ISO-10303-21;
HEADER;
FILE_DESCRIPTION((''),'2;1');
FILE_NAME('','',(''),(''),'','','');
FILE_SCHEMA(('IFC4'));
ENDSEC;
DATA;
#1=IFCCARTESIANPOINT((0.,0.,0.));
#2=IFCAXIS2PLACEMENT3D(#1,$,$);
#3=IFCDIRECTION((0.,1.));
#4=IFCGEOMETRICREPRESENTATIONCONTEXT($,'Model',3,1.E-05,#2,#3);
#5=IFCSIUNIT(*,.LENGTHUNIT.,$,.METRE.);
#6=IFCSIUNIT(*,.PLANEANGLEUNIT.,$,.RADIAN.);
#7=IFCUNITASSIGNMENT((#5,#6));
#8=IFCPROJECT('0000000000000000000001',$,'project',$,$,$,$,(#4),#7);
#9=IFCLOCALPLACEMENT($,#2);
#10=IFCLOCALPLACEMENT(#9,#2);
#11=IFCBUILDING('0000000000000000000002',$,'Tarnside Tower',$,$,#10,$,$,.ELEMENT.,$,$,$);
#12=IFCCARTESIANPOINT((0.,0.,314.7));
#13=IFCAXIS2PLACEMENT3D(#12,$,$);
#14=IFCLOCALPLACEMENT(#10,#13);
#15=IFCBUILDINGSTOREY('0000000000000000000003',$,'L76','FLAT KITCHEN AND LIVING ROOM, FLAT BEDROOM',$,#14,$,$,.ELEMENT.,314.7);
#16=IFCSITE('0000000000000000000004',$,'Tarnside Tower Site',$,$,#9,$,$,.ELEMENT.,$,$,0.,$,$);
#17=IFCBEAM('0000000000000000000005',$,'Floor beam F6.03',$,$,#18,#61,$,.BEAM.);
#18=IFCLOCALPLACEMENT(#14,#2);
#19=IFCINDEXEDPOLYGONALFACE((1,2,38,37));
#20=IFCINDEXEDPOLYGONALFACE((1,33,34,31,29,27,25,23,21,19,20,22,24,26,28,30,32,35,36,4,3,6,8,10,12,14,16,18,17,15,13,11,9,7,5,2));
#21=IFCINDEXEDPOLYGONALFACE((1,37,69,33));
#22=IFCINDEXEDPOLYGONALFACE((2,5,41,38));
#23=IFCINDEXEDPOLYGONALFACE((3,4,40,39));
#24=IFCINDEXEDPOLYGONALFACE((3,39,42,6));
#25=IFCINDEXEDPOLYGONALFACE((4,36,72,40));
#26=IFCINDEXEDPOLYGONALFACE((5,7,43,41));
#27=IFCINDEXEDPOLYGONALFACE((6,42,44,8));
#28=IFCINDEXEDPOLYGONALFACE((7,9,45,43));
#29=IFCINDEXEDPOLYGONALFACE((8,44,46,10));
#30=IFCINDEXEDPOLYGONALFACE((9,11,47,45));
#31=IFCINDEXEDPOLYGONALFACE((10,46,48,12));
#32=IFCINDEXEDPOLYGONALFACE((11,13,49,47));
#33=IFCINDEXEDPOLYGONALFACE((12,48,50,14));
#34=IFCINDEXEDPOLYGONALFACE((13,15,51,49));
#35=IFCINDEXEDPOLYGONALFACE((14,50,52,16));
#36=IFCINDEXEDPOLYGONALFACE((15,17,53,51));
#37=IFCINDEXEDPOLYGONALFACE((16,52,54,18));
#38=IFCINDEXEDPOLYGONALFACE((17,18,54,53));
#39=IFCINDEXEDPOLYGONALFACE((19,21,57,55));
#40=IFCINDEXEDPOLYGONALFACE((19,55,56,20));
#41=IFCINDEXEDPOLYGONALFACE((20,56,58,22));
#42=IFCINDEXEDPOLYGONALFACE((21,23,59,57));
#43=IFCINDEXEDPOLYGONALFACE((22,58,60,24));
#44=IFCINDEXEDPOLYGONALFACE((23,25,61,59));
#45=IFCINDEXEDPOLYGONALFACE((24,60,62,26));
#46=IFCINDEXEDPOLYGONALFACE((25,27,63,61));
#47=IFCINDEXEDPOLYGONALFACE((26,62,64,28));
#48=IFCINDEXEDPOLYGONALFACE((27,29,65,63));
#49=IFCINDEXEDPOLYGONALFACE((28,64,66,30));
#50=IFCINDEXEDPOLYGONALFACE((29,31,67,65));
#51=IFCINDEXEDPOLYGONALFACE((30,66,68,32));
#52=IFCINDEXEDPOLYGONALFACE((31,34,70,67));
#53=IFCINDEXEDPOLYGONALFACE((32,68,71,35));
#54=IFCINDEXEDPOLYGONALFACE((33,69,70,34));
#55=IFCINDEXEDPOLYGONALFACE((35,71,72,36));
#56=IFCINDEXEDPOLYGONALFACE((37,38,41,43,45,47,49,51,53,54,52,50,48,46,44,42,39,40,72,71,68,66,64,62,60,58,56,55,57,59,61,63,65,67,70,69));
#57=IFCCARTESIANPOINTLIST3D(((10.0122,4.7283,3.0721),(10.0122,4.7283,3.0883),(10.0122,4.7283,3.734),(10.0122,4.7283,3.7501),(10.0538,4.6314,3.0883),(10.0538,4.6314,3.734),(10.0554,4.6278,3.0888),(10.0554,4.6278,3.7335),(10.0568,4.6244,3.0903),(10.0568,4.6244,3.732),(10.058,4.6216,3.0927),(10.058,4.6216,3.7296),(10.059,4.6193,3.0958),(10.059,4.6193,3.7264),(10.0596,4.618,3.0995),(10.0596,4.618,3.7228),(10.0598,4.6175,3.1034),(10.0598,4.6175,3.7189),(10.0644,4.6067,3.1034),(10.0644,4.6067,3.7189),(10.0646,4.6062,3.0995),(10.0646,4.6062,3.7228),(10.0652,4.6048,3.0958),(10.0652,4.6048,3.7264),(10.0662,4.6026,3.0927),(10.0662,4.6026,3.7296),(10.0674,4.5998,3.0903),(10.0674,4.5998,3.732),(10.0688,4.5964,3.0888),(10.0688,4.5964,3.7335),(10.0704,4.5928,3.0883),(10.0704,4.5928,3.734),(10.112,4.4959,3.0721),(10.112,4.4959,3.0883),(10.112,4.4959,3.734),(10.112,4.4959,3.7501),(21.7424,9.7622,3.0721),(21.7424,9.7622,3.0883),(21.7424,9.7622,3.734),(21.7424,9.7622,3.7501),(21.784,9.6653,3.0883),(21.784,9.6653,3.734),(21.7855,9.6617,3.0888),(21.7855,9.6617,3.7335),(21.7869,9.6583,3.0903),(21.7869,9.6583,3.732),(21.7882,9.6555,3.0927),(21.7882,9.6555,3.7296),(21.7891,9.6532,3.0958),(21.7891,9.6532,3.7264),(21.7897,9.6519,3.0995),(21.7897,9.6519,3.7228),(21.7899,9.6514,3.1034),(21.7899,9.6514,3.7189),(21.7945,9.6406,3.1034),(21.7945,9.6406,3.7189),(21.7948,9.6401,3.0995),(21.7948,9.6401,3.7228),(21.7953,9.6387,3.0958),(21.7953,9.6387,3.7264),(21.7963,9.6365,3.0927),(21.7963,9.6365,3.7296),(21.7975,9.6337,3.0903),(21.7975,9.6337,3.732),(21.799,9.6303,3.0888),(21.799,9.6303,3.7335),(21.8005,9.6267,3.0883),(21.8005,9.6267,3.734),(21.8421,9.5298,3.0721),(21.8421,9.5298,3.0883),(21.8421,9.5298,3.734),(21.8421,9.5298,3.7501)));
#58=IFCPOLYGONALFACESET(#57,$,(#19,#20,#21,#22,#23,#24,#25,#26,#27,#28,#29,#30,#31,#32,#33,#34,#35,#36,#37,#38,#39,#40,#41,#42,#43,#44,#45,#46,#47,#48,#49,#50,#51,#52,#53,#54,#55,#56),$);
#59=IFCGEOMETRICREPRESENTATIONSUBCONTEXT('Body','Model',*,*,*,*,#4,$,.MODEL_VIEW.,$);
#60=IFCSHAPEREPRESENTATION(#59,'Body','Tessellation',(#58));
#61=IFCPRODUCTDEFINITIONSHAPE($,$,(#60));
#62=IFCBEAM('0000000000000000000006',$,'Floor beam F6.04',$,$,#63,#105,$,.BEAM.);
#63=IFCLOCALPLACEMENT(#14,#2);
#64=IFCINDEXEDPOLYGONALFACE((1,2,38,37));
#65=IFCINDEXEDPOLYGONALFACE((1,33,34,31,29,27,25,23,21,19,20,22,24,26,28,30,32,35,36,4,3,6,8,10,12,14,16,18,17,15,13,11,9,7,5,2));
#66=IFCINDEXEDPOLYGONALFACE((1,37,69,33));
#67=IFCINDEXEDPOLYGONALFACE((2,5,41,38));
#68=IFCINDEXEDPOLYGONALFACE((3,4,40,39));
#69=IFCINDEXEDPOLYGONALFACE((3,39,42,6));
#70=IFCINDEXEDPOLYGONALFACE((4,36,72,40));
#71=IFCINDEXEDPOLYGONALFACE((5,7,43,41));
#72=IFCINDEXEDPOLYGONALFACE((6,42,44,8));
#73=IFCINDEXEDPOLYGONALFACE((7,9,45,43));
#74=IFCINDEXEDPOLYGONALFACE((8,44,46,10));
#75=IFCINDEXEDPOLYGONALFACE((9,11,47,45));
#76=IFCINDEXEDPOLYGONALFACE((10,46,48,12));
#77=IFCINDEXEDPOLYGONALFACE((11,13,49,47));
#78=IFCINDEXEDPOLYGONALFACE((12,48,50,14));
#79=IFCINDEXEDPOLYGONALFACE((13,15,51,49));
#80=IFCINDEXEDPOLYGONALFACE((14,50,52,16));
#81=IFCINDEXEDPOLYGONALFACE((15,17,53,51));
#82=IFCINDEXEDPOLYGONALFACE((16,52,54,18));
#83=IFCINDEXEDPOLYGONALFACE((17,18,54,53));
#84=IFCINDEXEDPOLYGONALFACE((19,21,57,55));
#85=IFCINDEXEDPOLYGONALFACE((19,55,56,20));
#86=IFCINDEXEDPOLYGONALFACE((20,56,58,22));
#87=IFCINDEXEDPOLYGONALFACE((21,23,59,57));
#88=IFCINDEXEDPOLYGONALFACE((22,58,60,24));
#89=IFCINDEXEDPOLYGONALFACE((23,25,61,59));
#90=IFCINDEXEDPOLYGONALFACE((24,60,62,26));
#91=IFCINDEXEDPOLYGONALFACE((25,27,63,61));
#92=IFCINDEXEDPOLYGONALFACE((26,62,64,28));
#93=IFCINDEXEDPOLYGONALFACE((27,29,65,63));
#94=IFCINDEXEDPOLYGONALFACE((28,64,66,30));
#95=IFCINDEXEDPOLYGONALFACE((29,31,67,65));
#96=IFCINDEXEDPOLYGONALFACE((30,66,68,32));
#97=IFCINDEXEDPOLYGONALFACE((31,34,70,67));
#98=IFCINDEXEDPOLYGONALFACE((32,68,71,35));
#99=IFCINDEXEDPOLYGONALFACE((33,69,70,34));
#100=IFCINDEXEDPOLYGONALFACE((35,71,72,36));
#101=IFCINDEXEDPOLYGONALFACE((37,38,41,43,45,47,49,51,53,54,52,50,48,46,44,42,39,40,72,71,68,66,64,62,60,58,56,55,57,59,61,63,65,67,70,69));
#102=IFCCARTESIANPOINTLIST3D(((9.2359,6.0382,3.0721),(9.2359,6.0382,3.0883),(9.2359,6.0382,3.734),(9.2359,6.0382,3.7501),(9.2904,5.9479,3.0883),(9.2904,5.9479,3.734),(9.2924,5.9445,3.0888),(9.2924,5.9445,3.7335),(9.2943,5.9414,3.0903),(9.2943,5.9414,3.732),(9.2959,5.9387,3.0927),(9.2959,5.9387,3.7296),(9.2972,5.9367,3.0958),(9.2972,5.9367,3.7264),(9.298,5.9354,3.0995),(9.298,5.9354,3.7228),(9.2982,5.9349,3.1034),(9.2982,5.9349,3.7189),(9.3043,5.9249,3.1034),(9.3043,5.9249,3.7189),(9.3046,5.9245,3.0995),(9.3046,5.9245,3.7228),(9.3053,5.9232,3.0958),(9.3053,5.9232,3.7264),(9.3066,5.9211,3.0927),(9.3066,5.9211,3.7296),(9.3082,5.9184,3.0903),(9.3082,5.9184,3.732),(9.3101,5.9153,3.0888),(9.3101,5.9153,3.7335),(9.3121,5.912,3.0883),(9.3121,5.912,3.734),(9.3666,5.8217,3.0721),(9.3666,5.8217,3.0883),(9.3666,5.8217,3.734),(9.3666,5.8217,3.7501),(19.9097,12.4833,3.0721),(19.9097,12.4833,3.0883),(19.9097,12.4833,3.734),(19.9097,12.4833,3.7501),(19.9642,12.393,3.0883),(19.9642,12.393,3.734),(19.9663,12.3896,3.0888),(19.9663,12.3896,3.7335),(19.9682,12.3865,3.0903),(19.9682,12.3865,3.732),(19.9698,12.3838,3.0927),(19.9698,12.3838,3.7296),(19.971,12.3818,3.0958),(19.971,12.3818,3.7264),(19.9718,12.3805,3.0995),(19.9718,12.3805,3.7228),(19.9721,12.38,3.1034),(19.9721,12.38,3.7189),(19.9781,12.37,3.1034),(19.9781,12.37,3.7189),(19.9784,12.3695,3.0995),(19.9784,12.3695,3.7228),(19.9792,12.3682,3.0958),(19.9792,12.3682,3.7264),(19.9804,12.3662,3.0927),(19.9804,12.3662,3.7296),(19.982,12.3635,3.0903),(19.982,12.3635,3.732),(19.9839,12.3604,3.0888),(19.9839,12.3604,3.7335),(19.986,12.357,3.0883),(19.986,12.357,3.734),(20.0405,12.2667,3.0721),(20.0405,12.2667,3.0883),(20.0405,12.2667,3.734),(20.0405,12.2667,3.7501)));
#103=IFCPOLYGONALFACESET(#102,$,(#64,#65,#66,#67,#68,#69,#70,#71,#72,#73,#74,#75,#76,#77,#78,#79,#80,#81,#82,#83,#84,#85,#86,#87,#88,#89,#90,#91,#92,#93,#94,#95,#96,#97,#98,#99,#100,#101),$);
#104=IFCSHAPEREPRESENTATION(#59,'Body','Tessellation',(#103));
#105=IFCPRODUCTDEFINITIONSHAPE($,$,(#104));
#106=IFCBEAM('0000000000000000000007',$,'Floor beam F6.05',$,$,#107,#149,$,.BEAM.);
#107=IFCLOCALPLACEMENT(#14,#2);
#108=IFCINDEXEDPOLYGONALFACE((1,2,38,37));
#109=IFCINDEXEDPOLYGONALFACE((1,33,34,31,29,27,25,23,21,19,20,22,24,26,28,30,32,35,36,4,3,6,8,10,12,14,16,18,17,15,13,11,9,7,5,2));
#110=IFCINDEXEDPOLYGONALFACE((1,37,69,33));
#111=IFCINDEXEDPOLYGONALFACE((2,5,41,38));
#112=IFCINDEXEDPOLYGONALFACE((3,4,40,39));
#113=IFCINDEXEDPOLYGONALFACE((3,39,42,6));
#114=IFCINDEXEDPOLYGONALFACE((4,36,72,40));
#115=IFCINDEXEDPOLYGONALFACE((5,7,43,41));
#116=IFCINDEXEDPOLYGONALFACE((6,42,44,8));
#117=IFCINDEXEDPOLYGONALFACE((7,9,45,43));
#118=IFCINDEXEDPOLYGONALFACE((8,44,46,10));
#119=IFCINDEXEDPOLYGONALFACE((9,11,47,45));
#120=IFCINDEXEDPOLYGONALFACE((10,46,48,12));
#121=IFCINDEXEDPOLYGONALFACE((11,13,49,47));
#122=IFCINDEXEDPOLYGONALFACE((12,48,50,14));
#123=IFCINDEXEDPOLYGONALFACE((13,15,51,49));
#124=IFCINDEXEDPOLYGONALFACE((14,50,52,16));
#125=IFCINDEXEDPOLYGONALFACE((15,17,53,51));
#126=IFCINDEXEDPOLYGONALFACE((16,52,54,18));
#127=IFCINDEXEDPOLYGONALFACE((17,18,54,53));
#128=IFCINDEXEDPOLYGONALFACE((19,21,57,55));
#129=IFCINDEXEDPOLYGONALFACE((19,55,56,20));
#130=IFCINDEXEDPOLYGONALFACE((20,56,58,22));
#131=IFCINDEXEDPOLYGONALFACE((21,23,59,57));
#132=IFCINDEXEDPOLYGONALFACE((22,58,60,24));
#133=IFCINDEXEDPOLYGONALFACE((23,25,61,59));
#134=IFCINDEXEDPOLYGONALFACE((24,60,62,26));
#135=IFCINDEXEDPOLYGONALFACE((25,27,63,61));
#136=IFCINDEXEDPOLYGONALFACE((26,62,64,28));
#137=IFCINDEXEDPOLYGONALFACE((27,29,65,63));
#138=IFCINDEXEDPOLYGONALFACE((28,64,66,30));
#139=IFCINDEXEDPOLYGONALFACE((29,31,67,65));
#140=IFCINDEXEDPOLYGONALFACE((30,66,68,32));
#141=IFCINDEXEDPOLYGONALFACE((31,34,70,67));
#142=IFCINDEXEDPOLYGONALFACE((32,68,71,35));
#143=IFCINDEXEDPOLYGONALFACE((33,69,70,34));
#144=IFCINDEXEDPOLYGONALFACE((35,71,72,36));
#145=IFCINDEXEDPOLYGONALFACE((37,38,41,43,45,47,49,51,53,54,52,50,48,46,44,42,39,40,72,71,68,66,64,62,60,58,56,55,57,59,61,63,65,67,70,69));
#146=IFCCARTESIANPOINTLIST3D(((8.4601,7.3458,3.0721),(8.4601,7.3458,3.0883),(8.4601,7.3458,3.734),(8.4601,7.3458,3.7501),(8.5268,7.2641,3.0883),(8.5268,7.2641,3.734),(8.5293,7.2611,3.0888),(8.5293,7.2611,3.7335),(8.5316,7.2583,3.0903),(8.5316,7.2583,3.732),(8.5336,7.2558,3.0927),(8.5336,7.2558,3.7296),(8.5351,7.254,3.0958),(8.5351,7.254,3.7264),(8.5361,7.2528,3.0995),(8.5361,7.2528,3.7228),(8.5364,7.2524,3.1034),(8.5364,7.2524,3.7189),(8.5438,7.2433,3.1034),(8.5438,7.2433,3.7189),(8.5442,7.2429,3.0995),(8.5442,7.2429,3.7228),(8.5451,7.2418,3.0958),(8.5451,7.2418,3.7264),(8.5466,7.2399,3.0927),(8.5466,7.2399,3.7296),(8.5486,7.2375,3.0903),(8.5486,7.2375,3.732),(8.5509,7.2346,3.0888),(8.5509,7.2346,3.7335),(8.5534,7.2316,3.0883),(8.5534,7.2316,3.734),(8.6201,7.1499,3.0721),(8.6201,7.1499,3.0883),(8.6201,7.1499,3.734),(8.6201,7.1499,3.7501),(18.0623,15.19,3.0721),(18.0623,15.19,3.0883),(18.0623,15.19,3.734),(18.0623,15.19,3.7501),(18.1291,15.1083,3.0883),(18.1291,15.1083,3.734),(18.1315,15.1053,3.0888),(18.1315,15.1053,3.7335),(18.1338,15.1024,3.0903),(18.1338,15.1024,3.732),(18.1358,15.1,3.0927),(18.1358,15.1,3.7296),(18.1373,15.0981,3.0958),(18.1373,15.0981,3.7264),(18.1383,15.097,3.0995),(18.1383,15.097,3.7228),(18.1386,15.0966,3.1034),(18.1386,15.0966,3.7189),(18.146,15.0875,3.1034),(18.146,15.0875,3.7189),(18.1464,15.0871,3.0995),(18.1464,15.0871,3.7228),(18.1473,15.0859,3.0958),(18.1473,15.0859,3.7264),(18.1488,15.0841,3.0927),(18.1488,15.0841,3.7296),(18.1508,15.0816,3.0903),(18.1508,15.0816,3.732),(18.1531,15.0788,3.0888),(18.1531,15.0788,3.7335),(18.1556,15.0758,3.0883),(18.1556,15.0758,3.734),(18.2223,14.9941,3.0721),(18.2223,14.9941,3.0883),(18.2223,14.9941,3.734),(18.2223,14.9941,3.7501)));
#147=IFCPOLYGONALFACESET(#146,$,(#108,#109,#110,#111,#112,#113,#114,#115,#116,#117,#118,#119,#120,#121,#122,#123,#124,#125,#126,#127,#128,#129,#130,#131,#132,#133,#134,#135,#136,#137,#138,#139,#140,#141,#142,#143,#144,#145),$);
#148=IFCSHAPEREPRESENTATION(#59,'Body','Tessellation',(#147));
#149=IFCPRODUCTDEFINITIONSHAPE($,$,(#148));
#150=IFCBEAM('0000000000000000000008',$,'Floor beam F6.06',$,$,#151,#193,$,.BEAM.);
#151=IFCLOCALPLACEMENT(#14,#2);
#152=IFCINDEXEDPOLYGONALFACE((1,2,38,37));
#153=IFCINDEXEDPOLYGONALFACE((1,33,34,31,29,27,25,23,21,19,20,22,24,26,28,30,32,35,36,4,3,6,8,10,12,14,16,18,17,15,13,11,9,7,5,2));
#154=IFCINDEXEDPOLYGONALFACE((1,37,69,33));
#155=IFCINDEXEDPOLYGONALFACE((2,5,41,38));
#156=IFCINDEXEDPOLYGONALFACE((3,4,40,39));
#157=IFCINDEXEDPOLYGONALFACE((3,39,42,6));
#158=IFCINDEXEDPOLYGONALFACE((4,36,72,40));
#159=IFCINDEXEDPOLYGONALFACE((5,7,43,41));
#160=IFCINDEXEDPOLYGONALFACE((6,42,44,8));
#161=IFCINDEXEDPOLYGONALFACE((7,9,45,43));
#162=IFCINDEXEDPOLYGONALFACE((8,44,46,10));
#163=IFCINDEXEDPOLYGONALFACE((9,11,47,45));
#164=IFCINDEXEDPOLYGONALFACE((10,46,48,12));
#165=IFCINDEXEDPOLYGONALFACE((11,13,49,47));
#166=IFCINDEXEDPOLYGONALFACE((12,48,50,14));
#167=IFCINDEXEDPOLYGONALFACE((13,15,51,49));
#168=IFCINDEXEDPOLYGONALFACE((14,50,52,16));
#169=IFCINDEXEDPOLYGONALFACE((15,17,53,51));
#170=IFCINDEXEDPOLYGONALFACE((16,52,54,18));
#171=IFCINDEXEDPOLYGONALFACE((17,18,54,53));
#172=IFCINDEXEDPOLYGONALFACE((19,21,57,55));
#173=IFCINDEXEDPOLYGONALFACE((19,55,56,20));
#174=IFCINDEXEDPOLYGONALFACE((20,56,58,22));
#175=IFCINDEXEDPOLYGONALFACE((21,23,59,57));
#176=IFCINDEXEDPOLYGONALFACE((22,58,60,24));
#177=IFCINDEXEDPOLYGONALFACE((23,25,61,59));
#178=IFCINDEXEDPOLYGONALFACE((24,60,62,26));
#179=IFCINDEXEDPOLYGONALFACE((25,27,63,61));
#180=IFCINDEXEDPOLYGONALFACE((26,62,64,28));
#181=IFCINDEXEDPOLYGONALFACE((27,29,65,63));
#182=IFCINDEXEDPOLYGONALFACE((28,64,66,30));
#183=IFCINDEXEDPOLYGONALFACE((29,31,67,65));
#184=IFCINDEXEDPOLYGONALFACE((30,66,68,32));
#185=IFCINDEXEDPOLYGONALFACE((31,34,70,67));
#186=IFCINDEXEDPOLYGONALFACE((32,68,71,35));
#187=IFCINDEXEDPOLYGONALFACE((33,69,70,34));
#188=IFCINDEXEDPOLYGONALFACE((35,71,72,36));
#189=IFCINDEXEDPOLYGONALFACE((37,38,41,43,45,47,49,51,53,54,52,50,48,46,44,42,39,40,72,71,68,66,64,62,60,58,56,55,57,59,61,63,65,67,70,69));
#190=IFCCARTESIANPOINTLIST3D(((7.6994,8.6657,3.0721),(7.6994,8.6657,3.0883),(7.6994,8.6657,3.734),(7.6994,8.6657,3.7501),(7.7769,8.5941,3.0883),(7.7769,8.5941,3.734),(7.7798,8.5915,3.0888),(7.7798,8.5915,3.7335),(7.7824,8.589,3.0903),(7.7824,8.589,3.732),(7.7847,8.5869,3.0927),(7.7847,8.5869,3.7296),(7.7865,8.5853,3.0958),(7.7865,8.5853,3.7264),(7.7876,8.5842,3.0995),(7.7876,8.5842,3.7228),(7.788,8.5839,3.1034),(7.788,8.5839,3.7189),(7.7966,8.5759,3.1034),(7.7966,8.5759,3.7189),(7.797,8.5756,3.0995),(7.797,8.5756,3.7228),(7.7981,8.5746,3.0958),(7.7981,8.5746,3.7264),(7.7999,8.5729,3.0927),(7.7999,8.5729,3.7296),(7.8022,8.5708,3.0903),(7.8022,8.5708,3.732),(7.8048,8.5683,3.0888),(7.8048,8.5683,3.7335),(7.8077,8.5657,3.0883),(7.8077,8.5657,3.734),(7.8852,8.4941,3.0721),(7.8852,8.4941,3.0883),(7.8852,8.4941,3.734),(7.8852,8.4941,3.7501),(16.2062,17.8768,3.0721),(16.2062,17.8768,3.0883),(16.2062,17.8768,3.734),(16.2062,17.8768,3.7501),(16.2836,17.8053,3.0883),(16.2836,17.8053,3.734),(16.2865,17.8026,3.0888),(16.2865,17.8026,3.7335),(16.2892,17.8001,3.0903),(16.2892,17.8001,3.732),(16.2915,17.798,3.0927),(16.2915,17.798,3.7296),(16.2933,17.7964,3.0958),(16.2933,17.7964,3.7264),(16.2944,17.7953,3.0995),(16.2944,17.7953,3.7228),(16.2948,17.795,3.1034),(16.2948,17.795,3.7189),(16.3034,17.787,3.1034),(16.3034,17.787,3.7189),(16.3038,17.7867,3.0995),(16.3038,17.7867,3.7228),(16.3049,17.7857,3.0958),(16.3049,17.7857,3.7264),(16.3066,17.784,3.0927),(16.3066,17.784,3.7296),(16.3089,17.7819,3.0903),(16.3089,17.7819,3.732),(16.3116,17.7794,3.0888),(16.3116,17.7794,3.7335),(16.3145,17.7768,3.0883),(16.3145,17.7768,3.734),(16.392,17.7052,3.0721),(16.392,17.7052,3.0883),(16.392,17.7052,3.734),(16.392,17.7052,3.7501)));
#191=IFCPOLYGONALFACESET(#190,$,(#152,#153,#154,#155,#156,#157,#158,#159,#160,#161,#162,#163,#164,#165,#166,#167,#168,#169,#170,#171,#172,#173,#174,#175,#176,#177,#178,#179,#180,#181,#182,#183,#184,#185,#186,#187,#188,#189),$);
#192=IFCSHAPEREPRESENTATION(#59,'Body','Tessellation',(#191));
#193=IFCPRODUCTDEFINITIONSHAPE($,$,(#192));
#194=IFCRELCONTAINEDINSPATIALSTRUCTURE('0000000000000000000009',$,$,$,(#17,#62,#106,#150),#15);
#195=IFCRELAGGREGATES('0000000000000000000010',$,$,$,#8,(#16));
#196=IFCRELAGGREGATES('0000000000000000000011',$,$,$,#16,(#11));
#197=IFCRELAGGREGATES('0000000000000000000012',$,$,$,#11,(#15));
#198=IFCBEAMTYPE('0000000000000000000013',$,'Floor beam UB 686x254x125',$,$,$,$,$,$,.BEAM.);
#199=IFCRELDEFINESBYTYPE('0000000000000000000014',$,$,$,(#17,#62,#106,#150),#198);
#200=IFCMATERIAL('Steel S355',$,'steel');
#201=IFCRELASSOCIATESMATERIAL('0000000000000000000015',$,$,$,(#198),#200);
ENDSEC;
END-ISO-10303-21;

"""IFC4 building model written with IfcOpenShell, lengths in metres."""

from ifc_helpers import new_model, si_unit, direction, frame, origin, origin_2d, place, context, subcontext, project, spatial, i_section, extrude, material, material_profile, profile_set, type_object, element, save


model = new_model("IFC4")

# Units and contexts
model_context = context("Model", 3, precision=1e-05, world=origin(), true_north=direction((0.0, 1.0)))
body_context = subcontext(model_context, "Body", "Model", "MODEL_VIEW")
ifc_project = project(units=[si_unit("LENGTHUNIT", "METRE"), si_unit("PLANEANGLEUNIT", "RADIAN")], contexts=[model_context])

# Site, building, storey
site_placement = place(None, origin())
site = spatial("IfcSite", under=ifc_project, at=site_placement, Name="Tarnside Tower Site", CompositionType="ELEMENT", RefElevation=0.0)
building_placement = place(site_placement, origin())
building = spatial("IfcBuilding", under=site, at=building_placement, Name="Tarnside Tower", CompositionType="ELEMENT")
storey_placement = place(building_placement, frame((0.0, 0.0, 314.7)))
storey = spatial("IfcBuildingStorey", under=building, at=storey_placement, Name="L76", Description="FLAT KITCHEN AND LIVING ROOM, FLAT BEDROOM", CompositionType="ELEMENT", Elevation=314.7)

# Beams
ifc_material_1 = material(Name="Steel S355", Category="steel")
ifc_material_profile_1 = material_profile(ifc_material_1, i_section(OverallWidth=0.2529, OverallDepth=0.678, WebThickness=0.0117, FlangeThickness=0.0161, FilletRadius=0.0151, at=origin_2d()), Name="UB 686x254x125")
ifc_profile_set_1 = profile_set([ifc_material_profile_1], Name="Steel S355")
beam_type_1 = type_object("IfcBeamType", Name="Floor beam UB 686x254x125", PredefinedType="BEAM", material=ifc_profile_set_1)
beam_1_placement = place(storey_placement, frame((21.7922, 9.646, 3.4111), z_axis=(-0.918955, -0.394362, 0.0), x_axis=(0.394362, -0.918955, 0.0)))
element("IfcBeam", 1, at=beam_1_placement, inside=storey, type_object=beam_type_1, Name="Floor beam F6.03", PredefinedType="BEAM", context=body_context, shape_type="SweptSolid", body=[
    extrude(i_section(OverallWidth=0.2529, OverallDepth=0.678, WebThickness=0.0117, FlangeThickness=0.0161, FilletRadius=0.0151, at=origin_2d()), origin(), (0.0, 0.0, 1.0), 12.7646),
])
beam_2_placement = place(storey_placement, frame((19.9751, 12.375, 3.4111), z_axis=(-0.856047, -0.516898, 0.0), x_axis=(0.516898, -0.856047, 0.0)))
element("IfcBeam", 2, at=beam_2_placement, inside=storey, type_object=beam_type_1, Name="Floor beam F6.04", PredefinedType="BEAM", context=body_context, shape_type="SweptSolid", body=[
    extrude(i_section(OverallWidth=0.2529, OverallDepth=0.678, WebThickness=0.0117, FlangeThickness=0.0161, FilletRadius=0.0151, at=origin_2d()), origin(), (0.0, 0.0, 1.0), 12.4688),
])
beam_3_placement = place(storey_placement, frame((18.1423, 15.092, 3.4111), z_axis=(-0.774439, -0.632649, 0.0), x_axis=(0.632649, -0.774439, 0.0)))
element("IfcBeam", 3, at=beam_3_placement, inside=storey, type_object=beam_type_1, Name="Floor beam F6.05", PredefinedType="BEAM", context=body_context, shape_type="SweptSolid", body=[
    extrude(i_section(OverallWidth=0.2529, OverallDepth=0.678, WebThickness=0.0117, FlangeThickness=0.0161, FilletRadius=0.0151, at=origin_2d()), origin(), (0.0, 0.0, 1.0), 12.3989),
])
beam_4_placement = place(storey_placement, frame((16.2991, 17.791, 3.4111), z_axis=(-0.678461, -0.734636, 0.0), x_axis=(0.734636, -0.678461, 0.0)))
element("IfcBeam", 4, at=beam_4_placement, inside=storey, type_object=beam_type_1, Name="Floor beam F6.06", PredefinedType="BEAM", context=body_context, shape_type="SweptSolid", body=[
    extrude(i_section(OverallWidth=0.2529, OverallDepth=0.678, WebThickness=0.0117, FlangeThickness=0.0161, FilletRadius=0.0151, at=origin_2d()), origin(), (0.0, 0.0, 1.0), 12.5383),
])

save(model, "model.ifc")
